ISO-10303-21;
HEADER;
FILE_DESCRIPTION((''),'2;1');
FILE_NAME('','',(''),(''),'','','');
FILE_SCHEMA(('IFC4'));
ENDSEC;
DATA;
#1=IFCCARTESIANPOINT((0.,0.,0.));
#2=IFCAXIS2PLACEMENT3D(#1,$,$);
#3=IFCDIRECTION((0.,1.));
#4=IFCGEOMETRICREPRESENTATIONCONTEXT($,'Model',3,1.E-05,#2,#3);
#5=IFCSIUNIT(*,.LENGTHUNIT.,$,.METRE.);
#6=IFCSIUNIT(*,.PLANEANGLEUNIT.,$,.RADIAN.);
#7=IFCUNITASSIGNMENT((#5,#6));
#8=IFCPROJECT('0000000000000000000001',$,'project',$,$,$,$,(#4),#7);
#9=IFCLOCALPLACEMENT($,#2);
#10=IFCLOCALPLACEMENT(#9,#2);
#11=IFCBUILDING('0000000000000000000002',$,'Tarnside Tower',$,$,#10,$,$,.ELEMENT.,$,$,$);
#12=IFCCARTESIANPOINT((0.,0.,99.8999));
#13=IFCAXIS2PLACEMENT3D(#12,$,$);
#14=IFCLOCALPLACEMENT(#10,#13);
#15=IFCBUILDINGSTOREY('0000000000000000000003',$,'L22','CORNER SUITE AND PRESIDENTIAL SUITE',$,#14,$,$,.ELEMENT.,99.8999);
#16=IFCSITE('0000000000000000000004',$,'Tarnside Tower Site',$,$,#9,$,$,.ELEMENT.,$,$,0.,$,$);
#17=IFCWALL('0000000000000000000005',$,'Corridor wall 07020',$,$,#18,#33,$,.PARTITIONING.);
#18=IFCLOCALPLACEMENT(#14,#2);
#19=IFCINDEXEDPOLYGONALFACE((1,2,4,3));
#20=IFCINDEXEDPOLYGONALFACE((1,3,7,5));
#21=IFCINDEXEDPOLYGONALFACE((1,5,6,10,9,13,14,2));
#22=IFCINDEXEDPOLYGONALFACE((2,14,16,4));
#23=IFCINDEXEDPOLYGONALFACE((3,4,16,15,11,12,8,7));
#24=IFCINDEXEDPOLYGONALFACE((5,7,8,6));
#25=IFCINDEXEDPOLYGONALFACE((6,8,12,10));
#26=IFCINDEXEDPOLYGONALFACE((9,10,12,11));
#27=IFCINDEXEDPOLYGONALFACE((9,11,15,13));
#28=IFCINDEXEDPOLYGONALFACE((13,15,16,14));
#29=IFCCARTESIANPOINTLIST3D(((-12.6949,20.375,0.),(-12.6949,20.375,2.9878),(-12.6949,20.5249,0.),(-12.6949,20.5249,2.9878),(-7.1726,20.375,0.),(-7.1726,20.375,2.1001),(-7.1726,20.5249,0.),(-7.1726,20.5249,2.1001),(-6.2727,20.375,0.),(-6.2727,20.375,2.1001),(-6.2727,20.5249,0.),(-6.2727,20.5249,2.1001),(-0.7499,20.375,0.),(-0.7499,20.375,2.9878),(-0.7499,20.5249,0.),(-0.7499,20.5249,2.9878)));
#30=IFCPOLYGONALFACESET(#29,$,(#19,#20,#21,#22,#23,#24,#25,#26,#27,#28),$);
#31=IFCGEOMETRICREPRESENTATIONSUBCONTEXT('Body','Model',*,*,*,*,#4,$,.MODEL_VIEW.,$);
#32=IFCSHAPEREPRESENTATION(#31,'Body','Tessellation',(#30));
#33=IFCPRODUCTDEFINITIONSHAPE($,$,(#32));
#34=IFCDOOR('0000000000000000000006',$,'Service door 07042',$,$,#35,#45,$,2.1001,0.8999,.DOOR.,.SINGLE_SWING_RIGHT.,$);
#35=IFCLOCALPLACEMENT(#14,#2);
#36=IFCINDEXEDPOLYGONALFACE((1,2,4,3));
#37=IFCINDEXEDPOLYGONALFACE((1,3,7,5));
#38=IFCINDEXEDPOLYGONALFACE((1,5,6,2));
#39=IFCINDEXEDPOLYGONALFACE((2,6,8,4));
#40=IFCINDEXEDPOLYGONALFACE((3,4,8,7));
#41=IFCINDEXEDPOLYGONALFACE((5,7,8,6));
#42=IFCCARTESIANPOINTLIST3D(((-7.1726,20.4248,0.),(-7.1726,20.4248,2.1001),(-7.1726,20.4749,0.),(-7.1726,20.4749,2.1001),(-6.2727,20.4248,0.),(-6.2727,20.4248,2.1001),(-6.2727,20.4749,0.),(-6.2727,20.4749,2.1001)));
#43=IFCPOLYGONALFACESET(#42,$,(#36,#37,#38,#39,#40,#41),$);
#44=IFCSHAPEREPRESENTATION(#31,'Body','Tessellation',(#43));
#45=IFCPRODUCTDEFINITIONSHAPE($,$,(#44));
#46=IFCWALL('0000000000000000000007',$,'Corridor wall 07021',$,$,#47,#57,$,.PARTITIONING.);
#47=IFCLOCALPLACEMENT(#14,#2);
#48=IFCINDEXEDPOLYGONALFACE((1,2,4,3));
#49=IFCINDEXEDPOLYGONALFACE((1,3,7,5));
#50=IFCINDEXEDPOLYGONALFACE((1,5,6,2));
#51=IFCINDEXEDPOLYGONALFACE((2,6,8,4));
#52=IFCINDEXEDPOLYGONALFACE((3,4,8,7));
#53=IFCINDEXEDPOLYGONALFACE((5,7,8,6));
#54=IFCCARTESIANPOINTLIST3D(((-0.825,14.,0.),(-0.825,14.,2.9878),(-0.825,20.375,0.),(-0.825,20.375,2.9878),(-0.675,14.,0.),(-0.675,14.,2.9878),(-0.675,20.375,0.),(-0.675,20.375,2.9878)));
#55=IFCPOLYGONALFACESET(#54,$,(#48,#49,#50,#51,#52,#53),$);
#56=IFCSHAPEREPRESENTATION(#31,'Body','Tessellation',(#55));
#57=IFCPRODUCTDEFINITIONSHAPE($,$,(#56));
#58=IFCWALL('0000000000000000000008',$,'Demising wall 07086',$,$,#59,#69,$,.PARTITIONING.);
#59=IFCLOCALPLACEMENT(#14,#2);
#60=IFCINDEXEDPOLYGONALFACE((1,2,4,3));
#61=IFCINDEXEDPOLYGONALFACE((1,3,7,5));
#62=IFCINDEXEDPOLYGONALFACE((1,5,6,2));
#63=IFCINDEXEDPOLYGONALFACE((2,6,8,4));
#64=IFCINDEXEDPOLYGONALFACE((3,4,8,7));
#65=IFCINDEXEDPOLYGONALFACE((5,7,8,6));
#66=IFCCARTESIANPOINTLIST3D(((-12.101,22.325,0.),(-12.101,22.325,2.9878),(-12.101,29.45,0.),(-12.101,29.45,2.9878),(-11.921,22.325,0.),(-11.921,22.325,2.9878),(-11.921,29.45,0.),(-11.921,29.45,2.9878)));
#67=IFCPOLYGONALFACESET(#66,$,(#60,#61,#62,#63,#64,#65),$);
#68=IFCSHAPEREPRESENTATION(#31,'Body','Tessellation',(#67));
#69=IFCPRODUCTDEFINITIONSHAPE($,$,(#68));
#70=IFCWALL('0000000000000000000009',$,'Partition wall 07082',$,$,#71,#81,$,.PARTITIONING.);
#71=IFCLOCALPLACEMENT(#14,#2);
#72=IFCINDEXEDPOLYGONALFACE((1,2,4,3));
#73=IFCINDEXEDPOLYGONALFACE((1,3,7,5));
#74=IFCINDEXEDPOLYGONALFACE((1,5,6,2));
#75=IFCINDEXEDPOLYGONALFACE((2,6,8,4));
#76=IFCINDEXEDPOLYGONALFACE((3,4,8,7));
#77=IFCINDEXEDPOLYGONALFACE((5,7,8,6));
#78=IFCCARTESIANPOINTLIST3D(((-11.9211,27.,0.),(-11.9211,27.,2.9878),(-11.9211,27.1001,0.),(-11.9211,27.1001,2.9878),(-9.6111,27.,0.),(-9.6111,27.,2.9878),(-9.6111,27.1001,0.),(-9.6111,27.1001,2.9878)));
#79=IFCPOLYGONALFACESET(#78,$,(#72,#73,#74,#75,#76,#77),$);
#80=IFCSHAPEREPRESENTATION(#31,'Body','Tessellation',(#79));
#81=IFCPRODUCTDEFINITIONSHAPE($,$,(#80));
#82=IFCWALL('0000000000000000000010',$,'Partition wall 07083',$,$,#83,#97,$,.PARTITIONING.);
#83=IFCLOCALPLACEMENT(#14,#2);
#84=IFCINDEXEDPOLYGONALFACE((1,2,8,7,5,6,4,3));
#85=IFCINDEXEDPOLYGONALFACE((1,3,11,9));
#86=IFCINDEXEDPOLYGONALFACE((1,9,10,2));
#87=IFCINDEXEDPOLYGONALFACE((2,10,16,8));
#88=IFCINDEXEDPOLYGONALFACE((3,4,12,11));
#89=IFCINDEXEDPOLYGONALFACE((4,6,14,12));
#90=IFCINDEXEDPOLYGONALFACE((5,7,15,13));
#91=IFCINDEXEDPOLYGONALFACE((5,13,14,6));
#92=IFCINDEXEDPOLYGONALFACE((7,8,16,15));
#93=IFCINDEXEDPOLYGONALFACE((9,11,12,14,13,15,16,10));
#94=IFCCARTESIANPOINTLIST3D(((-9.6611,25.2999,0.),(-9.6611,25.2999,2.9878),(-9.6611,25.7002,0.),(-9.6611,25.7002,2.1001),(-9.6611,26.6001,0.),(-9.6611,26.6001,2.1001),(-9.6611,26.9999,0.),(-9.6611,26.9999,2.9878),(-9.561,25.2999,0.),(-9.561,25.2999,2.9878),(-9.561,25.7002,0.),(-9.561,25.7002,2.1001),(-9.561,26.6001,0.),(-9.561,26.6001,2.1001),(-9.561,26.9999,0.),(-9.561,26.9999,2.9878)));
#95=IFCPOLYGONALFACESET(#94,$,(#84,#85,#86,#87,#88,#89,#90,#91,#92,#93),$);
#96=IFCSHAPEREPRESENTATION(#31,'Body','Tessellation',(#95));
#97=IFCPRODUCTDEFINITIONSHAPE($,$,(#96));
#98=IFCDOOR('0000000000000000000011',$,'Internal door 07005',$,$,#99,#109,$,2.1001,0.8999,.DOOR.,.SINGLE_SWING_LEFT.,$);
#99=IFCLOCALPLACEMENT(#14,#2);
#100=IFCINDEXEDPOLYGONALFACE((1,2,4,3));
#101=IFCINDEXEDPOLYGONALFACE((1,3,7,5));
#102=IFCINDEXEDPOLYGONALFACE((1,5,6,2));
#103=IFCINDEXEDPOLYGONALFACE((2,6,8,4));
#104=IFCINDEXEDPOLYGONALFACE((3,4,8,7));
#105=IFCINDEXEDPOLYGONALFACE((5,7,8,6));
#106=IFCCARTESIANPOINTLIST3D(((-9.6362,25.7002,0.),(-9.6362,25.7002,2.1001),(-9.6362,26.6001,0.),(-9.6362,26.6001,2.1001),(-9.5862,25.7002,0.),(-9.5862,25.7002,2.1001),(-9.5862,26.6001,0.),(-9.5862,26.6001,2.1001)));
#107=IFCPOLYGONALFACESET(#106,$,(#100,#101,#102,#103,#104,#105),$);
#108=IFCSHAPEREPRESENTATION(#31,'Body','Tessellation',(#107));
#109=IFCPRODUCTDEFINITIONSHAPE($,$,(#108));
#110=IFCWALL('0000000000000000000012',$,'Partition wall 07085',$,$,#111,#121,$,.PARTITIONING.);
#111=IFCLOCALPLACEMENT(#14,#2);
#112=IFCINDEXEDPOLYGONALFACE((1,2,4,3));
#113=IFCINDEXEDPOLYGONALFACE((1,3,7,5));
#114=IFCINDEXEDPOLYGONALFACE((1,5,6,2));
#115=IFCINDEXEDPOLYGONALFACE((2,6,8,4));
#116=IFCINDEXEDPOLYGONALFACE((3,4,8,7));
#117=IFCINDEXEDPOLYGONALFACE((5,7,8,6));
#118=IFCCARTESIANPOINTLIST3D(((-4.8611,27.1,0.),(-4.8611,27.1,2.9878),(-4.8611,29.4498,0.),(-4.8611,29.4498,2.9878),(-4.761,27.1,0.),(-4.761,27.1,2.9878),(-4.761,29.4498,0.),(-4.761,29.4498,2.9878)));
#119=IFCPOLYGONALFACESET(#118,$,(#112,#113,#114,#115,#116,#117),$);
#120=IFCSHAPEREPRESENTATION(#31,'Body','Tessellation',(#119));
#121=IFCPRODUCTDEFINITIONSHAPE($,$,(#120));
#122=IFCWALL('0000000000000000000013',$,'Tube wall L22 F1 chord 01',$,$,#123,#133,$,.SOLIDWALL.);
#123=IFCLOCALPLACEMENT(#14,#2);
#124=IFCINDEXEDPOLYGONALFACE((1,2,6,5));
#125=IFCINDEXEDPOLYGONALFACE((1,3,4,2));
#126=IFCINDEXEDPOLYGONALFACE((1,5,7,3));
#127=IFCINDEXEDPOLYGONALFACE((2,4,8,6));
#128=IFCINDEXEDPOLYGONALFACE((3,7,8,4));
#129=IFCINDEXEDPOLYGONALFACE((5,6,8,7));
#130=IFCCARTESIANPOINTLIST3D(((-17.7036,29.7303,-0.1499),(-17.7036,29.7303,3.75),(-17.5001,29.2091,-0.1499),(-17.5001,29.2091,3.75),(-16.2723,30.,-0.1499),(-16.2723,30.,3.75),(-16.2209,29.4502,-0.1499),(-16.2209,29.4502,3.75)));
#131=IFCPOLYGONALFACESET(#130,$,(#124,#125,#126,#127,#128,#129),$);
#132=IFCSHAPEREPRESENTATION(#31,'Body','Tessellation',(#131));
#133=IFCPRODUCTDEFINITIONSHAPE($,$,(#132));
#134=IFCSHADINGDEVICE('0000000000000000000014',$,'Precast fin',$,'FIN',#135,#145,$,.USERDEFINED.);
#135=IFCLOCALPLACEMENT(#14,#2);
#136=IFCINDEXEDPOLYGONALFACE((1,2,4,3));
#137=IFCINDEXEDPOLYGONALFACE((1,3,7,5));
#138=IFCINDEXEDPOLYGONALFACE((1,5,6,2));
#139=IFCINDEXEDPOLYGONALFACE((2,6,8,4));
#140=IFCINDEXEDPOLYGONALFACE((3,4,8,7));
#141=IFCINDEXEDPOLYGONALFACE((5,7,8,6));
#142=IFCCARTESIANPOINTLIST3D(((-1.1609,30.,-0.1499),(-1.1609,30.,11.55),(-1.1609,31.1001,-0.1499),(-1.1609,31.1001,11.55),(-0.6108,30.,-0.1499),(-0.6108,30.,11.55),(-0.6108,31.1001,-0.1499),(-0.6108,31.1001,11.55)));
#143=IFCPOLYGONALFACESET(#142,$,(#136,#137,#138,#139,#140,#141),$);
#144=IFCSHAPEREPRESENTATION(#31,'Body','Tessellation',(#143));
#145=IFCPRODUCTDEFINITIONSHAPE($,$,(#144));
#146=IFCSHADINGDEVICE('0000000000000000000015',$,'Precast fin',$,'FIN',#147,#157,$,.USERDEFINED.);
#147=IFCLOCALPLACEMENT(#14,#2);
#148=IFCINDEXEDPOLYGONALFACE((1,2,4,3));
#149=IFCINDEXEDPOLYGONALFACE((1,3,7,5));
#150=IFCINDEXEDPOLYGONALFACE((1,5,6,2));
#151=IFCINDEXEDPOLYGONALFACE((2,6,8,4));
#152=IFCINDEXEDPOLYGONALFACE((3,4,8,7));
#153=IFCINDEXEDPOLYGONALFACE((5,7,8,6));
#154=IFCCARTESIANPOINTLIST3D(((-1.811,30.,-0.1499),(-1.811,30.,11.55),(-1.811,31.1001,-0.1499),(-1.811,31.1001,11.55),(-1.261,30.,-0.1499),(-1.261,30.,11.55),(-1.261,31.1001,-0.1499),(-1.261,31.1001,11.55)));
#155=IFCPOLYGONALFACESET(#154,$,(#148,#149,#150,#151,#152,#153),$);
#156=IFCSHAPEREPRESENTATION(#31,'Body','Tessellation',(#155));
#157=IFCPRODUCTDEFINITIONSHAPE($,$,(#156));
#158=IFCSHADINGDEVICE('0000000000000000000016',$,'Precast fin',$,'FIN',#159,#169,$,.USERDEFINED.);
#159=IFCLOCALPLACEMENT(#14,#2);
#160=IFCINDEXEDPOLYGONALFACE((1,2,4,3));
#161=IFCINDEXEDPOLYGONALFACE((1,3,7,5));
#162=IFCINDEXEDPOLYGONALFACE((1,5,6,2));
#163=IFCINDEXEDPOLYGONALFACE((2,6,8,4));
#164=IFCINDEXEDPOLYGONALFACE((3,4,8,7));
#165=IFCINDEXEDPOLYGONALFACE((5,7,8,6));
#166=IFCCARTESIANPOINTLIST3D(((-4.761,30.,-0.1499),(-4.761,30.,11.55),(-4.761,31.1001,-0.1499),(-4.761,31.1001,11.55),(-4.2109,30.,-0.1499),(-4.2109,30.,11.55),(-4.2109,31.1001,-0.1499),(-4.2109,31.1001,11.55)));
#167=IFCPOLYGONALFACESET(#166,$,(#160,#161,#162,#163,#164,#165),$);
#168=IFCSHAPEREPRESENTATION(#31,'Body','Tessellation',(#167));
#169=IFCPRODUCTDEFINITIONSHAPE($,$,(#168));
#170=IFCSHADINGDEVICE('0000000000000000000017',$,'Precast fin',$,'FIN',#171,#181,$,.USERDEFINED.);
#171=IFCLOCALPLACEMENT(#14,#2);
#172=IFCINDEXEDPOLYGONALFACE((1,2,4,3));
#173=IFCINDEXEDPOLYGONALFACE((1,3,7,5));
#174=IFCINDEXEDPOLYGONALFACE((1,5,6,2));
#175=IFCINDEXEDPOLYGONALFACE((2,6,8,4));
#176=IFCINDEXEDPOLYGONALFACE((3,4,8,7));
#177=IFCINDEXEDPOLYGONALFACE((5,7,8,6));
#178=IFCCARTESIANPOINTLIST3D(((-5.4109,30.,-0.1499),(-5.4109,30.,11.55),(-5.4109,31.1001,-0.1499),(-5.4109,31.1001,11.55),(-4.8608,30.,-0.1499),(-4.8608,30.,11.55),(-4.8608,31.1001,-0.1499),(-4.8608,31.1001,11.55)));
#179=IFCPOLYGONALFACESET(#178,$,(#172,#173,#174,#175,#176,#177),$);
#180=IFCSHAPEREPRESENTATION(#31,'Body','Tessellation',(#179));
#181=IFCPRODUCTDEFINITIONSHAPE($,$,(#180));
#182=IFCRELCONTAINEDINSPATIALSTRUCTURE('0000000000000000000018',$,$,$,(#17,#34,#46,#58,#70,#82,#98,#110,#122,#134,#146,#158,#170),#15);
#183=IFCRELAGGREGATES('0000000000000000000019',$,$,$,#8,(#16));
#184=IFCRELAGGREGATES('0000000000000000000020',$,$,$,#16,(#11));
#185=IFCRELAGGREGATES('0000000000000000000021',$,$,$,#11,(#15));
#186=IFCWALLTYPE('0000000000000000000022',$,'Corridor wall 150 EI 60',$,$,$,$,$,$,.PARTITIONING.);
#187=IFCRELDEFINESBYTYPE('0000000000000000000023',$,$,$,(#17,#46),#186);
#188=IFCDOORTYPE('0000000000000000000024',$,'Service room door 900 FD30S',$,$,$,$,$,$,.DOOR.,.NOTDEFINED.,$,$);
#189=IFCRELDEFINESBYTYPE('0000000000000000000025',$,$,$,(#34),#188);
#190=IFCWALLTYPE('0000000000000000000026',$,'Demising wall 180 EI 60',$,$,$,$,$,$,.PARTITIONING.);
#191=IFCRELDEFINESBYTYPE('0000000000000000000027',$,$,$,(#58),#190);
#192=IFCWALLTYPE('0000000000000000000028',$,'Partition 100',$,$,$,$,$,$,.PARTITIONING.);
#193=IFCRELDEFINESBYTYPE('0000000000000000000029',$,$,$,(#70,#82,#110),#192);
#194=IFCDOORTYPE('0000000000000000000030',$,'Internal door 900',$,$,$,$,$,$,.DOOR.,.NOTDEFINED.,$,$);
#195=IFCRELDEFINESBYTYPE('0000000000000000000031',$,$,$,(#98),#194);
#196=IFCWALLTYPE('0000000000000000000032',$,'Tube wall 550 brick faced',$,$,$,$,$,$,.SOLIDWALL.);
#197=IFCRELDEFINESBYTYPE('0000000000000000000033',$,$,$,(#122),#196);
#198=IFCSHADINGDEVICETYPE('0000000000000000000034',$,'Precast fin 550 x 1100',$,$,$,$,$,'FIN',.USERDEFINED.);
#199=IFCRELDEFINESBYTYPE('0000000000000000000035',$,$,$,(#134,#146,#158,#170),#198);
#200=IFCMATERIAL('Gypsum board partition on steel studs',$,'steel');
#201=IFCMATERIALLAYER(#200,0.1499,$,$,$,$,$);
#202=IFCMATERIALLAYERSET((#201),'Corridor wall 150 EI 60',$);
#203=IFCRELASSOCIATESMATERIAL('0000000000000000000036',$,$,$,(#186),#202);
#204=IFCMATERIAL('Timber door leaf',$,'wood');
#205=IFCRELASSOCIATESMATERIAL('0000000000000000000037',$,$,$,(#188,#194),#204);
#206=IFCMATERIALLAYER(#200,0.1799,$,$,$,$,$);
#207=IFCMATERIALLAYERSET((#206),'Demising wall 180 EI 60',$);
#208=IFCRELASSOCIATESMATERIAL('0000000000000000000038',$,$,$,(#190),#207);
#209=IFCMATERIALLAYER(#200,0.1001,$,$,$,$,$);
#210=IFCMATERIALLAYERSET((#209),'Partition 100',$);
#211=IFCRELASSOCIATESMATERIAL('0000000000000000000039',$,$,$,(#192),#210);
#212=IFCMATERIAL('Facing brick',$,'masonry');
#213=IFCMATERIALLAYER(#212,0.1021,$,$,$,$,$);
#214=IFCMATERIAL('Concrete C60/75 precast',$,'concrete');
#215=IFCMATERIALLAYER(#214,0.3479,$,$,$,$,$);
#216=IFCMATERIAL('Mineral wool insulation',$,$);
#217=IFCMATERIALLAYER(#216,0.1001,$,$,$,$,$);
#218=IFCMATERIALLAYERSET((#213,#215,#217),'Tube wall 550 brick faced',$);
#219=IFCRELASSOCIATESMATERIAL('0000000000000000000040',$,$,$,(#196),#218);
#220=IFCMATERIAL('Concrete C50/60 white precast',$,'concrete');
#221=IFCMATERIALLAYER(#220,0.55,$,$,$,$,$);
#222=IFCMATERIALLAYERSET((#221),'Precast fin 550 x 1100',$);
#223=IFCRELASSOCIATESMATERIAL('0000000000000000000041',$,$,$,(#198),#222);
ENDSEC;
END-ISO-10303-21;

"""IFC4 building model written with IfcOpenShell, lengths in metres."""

from ifc_helpers import new_model, si_unit, direction, frame, frame_2d, origin, place, context, subcontext, project, spatial, polyline, rectangle, outline, extrude, material, layer, layer_set, type_object, element, fill, save


model = new_model("IFC4")

# Units and contexts
model_context = context("Model", 3, precision=1e-05, world=origin(), true_north=direction((0.0, 1.0)))
body_context = subcontext(model_context, "Body", "Model", "MODEL_VIEW")
ifc_project = project(units=[si_unit("LENGTHUNIT", "METRE"), si_unit("PLANEANGLEUNIT", "RADIAN")], contexts=[model_context])

# Site, building, storey
site_placement = place(None, origin())
site = spatial("IfcSite", under=ifc_project, at=site_placement, Name="Tarnside Tower Site", CompositionType="ELEMENT", RefElevation=0.0)
building_placement = place(site_placement, origin())
building = spatial("IfcBuilding", under=site, at=building_placement, Name="Tarnside Tower", CompositionType="ELEMENT")
storey_placement = place(building_placement, frame((0.0, 0.0, 99.8999)))
storey = spatial("IfcBuildingStorey", under=building, at=storey_placement, Name="L22", Description="CORNER SUITE AND PRESIDENTIAL SUITE", CompositionType="ELEMENT", Elevation=99.8999)

# Shared definitions
ifc_material_1 = material(Name="Gypsum board partition on steel studs", Category="steel")
ifc_material_2 = material(Name="Timber door leaf", Category="wood")

# Shared definitions
ifc_layer_1 = layer(ifc_material_1, 0.1499)
ifc_layer_set_1 = layer_set([ifc_layer_1], Name="Corridor wall 150 EI 60")
wall_type_1 = type_object("IfcWallType", Name="Corridor wall 150 EI 60", PredefinedType="PARTITIONING", material=ifc_layer_set_1)

# Wall, opening, door
wall_1_placement = place(storey_placement, frame((-12.6951, 20.45, 0.0), z_axis=(0.0, 0.0, 1.0), x_axis=(1.0, 0.0, 0.0)))
wall_1 = element("IfcWall", 1, at=wall_1_placement, inside=storey, type_object=wall_type_1, Name="Corridor wall 07020", PredefinedType="PARTITIONING", context=body_context, shape_type="SweptSolid", body=[
    extrude(rectangle(XDim=11.9451, YDim=0.1499, at=frame_2d((5.9727, 0.0))), origin(), (0.0, 0.0, 1.0), 2.9878),
])
opening_1_placement = place(wall_1_placement, frame((5.5225, 0.0, 0.0)))
opening_1 = element("IfcOpeningElement", 2, at=opening_1_placement, cuts=wall_1, PredefinedType="OPENING", context=body_context, shape_type="SweptSolid", body=[
    extrude(rectangle(XDim=0.8999, YDim=2.1001, at=frame_2d((0.45, 1.05))), frame((0.0, 0.085, 0.0), z_axis=(0.0, -1.0, 0.0), x_axis=(1.0, 0.0, 0.0)), (0.0, 0.0, 1.0), 0.1699),
])
door_type_1 = type_object("IfcDoorType", Name="Service room door 900 FD30S", OperationType="NOTDEFINED", PredefinedType="DOOR", material=ifc_material_2)
door_1_placement = place(opening_1_placement, origin())
door_1 = element("IfcDoor", 3, at=door_1_placement, inside=storey, type_object=door_type_1, Name="Service door 07042", OperationType="SINGLE_SWING_RIGHT", OverallHeight=2.1001, OverallWidth=0.8999, PredefinedType="DOOR", context=body_context, shape_type="SweptSolid", body=[
    extrude(rectangle(XDim=0.8999, YDim=2.1001, at=frame_2d((0.45, 1.05))), frame((0.0, 0.0249, 0.0), z_axis=(0.0, -1.0, 0.0), x_axis=(1.0, 0.0, 0.0)), (0.0, 0.0, 1.0), 0.05),
])
fill(opening_1, door_1)

# Walls
wall_2_placement = place(storey_placement, frame((-0.75, 20.375, 0.0), z_axis=(0.0, 0.0, 1.0), x_axis=(0.0, -1.0, 0.0)))
element("IfcWall", 4, at=wall_2_placement, inside=storey, type_object=wall_type_1, Name="Corridor wall 07021", PredefinedType="PARTITIONING", context=body_context, shape_type="SweptSolid", body=[
    extrude(rectangle(XDim=6.375, YDim=0.1499, at=frame_2d((3.1875, 0.0))), origin(), (0.0, 0.0, 1.0), 2.9878),
])
ifc_layer_2 = layer(ifc_material_1, 0.1799)
ifc_layer_set_2 = layer_set([ifc_layer_2], Name="Demising wall 180 EI 60")
wall_type_2 = type_object("IfcWallType", Name="Demising wall 180 EI 60", PredefinedType="PARTITIONING", material=ifc_layer_set_2)
wall_3_placement = place(storey_placement, frame((-12.011, 29.45, 0.0), z_axis=(0.0, 0.0, 1.0), x_axis=(0.0, -1.0, 0.0)))
element("IfcWall", 5, at=wall_3_placement, inside=storey, type_object=wall_type_2, Name="Demising wall 07086", PredefinedType="PARTITIONING", context=body_context, shape_type="SweptSolid", body=[
    extrude(rectangle(XDim=7.125, YDim=0.1799, at=frame_2d((3.5625, 0.0))), origin(), (0.0, 0.0, 1.0), 2.9878),
])
ifc_layer_3 = layer(ifc_material_1, 0.1001)
ifc_layer_set_3 = layer_set([ifc_layer_3], Name="Partition 100")
wall_type_3 = type_object("IfcWallType", Name="Partition 100", PredefinedType="PARTITIONING", material=ifc_layer_set_3)
wall_4_placement = place(storey_placement, frame((-11.9211, 27.05, 0.0), z_axis=(0.0, 0.0, 1.0), x_axis=(1.0, 0.0, 0.0)))
element("IfcWall", 6, at=wall_4_placement, inside=storey, type_object=wall_type_3, Name="Partition wall 07082", PredefinedType="PARTITIONING", context=body_context, shape_type="SweptSolid", body=[
    extrude(rectangle(XDim=2.3101, YDim=0.1001, at=frame_2d((1.155, 0.0))), origin(), (0.0, 0.0, 1.0), 2.9878),
])

# Wall, opening, door
wall_5_placement = place(storey_placement, frame((-9.6111, 27.0, 0.0), z_axis=(0.0, 0.0, 1.0), x_axis=(0.0, -1.0, 0.0)))
wall_5 = element("IfcWall", 7, at=wall_5_placement, inside=storey, type_object=wall_type_3, Name="Partition wall 07083", PredefinedType="PARTITIONING", context=body_context, shape_type="SweptSolid", body=[
    extrude(rectangle(XDim=1.7, YDim=0.1001, at=frame_2d((0.8501, 0.0))), origin(), (0.0, 0.0, 1.0), 2.9878),
])
opening_2_placement = place(wall_5_placement, frame((0.3999, 0.0, 0.0)))
opening_2 = element("IfcOpeningElement", 8, at=opening_2_placement, cuts=wall_5, PredefinedType="OPENING", context=body_context, shape_type="SweptSolid", body=[
    extrude(rectangle(XDim=0.8999, YDim=2.1001, at=frame_2d((0.45, 1.05))), frame((0.0, 0.0601, 0.0), z_axis=(0.0, -1.0, 0.0), x_axis=(1.0, 0.0, 0.0)), (0.0, 0.0, 1.0), 0.1201),
])
door_type_2 = type_object("IfcDoorType", Name="Internal door 900", OperationType="NOTDEFINED", PredefinedType="DOOR", material=ifc_material_2)
door_2_placement = place(opening_2_placement, origin())
door_2 = element("IfcDoor", 9, at=door_2_placement, inside=storey, type_object=door_type_2, Name="Internal door 07005", OperationType="SINGLE_SWING_LEFT", OverallHeight=2.1001, OverallWidth=0.8999, PredefinedType="DOOR", context=body_context, shape_type="SweptSolid", body=[
    extrude(rectangle(XDim=0.8999, YDim=2.1001, at=frame_2d((0.45, 1.05))), frame((0.0, 0.0249, 0.0), z_axis=(0.0, -1.0, 0.0), x_axis=(1.0, 0.0, 0.0)), (0.0, 0.0, 1.0), 0.05),
])
fill(opening_2, door_2)

# Walls
wall_6_placement = place(storey_placement, frame((-4.811, 27.1001, 0.0), z_axis=(0.0, 0.0, 1.0), x_axis=(0.0, 1.0, 0.0)))
element("IfcWall", 10, at=wall_6_placement, inside=storey, type_object=wall_type_3, Name="Partition wall 07085", PredefinedType="PARTITIONING", context=body_context, shape_type="SweptSolid", body=[
    extrude(rectangle(XDim=2.3499, YDim=0.1001, at=frame_2d((1.1748, 0.0))), origin(), (0.0, 0.0, 1.0), 2.9878),
])
ifc_material_3 = material(Name="Facing brick", Category="masonry")
ifc_layer_4 = layer(ifc_material_3, 0.1021)
ifc_material_4 = material(Name="Concrete C60/75 precast", Category="concrete")
ifc_layer_5 = layer(ifc_material_4, 0.3479)
ifc_material_5 = material(Name="Mineral wool insulation")
ifc_layer_6 = layer(ifc_material_5, 0.1001)
ifc_layer_set_4 = layer_set([ifc_layer_4, ifc_layer_5, ifc_layer_6], Name="Tube wall 550 brick faced")
wall_type_4 = type_object("IfcWallType", Name="Tube wall 550 brick faced", PredefinedType="SOLIDWALL", material=ifc_layer_set_4)
wall_7_placement = place(storey_placement, frame((-16.2466, 29.7251, -0.1499), z_axis=(0.0, 0.0, 1.0), x_axis=(-0.982705, -0.185176, 0.0)))
element("IfcWall", 11, at=wall_7_placement, inside=storey, type_object=wall_type_4, Name="Tube wall L22 F1 chord 01", PredefinedType="SOLIDWALL", context=body_context, shape_type="SweptSolid", body=[
    extrude(outline(polyline([(-0.0256, -0.2749), (1.4309, -0.2749), (1.3274, 0.2749), (0.0256, 0.2749), (-0.0256, -0.2749)])), origin(), (0.0, 0.0, 1.0), 3.8999),
])

# Shading devices
ifc_material_6 = material(Name="Concrete C50/60 white precast", Category="concrete")
ifc_layer_7 = layer(ifc_material_6, 0.55)
ifc_layer_set_5 = layer_set([ifc_layer_7], Name="Precast fin 550 x 1100")
shading_device_type = type_object("IfcShadingDeviceType", Name="Precast fin 550 x 1100", ElementType="FIN", PredefinedType="USERDEFINED", material=ifc_layer_set_5)
for number, where, z_axis, x_axis, name in (
    (12, (-0.886, 30.0, -0.1499), (1.0, 0.0, 0.0), (0.0, 1.0, 0.0), "Precast fin"),
    (13, (-1.5361, 30.0, -0.1499), (1.0, 0.0, 0.0), (0.0, 1.0, 0.0), "Precast fin"),
    (14, (-4.4861, 30.0, -0.1499), (1.0, 0.0, 0.0), (0.0, 1.0, 0.0), "Precast fin"),
    (15, (-5.136, 30.0, -0.1499), (1.0, 0.0, 0.0), (0.0, 1.0, 0.0), "Precast fin"),
):
    element("IfcShadingDevice", number, at=place(storey_placement, frame(where, z_axis=z_axis, x_axis=x_axis)), inside=storey, type_object=shading_device_type, Name=name, ObjectType="FIN", PredefinedType="USERDEFINED", context=body_context, shape_type="SweptSolid", body=[
        extrude(outline(polyline([(0.0, 0.0), (1.1001, 0.0), (1.1001, 11.7), (0.0, 11.7), (0.0, 0.0)])), frame((0.0, 0.0, -0.2749)), (0.0, 0.0, 1.0), 0.55),
    ])

save(model, "model.ifc")
